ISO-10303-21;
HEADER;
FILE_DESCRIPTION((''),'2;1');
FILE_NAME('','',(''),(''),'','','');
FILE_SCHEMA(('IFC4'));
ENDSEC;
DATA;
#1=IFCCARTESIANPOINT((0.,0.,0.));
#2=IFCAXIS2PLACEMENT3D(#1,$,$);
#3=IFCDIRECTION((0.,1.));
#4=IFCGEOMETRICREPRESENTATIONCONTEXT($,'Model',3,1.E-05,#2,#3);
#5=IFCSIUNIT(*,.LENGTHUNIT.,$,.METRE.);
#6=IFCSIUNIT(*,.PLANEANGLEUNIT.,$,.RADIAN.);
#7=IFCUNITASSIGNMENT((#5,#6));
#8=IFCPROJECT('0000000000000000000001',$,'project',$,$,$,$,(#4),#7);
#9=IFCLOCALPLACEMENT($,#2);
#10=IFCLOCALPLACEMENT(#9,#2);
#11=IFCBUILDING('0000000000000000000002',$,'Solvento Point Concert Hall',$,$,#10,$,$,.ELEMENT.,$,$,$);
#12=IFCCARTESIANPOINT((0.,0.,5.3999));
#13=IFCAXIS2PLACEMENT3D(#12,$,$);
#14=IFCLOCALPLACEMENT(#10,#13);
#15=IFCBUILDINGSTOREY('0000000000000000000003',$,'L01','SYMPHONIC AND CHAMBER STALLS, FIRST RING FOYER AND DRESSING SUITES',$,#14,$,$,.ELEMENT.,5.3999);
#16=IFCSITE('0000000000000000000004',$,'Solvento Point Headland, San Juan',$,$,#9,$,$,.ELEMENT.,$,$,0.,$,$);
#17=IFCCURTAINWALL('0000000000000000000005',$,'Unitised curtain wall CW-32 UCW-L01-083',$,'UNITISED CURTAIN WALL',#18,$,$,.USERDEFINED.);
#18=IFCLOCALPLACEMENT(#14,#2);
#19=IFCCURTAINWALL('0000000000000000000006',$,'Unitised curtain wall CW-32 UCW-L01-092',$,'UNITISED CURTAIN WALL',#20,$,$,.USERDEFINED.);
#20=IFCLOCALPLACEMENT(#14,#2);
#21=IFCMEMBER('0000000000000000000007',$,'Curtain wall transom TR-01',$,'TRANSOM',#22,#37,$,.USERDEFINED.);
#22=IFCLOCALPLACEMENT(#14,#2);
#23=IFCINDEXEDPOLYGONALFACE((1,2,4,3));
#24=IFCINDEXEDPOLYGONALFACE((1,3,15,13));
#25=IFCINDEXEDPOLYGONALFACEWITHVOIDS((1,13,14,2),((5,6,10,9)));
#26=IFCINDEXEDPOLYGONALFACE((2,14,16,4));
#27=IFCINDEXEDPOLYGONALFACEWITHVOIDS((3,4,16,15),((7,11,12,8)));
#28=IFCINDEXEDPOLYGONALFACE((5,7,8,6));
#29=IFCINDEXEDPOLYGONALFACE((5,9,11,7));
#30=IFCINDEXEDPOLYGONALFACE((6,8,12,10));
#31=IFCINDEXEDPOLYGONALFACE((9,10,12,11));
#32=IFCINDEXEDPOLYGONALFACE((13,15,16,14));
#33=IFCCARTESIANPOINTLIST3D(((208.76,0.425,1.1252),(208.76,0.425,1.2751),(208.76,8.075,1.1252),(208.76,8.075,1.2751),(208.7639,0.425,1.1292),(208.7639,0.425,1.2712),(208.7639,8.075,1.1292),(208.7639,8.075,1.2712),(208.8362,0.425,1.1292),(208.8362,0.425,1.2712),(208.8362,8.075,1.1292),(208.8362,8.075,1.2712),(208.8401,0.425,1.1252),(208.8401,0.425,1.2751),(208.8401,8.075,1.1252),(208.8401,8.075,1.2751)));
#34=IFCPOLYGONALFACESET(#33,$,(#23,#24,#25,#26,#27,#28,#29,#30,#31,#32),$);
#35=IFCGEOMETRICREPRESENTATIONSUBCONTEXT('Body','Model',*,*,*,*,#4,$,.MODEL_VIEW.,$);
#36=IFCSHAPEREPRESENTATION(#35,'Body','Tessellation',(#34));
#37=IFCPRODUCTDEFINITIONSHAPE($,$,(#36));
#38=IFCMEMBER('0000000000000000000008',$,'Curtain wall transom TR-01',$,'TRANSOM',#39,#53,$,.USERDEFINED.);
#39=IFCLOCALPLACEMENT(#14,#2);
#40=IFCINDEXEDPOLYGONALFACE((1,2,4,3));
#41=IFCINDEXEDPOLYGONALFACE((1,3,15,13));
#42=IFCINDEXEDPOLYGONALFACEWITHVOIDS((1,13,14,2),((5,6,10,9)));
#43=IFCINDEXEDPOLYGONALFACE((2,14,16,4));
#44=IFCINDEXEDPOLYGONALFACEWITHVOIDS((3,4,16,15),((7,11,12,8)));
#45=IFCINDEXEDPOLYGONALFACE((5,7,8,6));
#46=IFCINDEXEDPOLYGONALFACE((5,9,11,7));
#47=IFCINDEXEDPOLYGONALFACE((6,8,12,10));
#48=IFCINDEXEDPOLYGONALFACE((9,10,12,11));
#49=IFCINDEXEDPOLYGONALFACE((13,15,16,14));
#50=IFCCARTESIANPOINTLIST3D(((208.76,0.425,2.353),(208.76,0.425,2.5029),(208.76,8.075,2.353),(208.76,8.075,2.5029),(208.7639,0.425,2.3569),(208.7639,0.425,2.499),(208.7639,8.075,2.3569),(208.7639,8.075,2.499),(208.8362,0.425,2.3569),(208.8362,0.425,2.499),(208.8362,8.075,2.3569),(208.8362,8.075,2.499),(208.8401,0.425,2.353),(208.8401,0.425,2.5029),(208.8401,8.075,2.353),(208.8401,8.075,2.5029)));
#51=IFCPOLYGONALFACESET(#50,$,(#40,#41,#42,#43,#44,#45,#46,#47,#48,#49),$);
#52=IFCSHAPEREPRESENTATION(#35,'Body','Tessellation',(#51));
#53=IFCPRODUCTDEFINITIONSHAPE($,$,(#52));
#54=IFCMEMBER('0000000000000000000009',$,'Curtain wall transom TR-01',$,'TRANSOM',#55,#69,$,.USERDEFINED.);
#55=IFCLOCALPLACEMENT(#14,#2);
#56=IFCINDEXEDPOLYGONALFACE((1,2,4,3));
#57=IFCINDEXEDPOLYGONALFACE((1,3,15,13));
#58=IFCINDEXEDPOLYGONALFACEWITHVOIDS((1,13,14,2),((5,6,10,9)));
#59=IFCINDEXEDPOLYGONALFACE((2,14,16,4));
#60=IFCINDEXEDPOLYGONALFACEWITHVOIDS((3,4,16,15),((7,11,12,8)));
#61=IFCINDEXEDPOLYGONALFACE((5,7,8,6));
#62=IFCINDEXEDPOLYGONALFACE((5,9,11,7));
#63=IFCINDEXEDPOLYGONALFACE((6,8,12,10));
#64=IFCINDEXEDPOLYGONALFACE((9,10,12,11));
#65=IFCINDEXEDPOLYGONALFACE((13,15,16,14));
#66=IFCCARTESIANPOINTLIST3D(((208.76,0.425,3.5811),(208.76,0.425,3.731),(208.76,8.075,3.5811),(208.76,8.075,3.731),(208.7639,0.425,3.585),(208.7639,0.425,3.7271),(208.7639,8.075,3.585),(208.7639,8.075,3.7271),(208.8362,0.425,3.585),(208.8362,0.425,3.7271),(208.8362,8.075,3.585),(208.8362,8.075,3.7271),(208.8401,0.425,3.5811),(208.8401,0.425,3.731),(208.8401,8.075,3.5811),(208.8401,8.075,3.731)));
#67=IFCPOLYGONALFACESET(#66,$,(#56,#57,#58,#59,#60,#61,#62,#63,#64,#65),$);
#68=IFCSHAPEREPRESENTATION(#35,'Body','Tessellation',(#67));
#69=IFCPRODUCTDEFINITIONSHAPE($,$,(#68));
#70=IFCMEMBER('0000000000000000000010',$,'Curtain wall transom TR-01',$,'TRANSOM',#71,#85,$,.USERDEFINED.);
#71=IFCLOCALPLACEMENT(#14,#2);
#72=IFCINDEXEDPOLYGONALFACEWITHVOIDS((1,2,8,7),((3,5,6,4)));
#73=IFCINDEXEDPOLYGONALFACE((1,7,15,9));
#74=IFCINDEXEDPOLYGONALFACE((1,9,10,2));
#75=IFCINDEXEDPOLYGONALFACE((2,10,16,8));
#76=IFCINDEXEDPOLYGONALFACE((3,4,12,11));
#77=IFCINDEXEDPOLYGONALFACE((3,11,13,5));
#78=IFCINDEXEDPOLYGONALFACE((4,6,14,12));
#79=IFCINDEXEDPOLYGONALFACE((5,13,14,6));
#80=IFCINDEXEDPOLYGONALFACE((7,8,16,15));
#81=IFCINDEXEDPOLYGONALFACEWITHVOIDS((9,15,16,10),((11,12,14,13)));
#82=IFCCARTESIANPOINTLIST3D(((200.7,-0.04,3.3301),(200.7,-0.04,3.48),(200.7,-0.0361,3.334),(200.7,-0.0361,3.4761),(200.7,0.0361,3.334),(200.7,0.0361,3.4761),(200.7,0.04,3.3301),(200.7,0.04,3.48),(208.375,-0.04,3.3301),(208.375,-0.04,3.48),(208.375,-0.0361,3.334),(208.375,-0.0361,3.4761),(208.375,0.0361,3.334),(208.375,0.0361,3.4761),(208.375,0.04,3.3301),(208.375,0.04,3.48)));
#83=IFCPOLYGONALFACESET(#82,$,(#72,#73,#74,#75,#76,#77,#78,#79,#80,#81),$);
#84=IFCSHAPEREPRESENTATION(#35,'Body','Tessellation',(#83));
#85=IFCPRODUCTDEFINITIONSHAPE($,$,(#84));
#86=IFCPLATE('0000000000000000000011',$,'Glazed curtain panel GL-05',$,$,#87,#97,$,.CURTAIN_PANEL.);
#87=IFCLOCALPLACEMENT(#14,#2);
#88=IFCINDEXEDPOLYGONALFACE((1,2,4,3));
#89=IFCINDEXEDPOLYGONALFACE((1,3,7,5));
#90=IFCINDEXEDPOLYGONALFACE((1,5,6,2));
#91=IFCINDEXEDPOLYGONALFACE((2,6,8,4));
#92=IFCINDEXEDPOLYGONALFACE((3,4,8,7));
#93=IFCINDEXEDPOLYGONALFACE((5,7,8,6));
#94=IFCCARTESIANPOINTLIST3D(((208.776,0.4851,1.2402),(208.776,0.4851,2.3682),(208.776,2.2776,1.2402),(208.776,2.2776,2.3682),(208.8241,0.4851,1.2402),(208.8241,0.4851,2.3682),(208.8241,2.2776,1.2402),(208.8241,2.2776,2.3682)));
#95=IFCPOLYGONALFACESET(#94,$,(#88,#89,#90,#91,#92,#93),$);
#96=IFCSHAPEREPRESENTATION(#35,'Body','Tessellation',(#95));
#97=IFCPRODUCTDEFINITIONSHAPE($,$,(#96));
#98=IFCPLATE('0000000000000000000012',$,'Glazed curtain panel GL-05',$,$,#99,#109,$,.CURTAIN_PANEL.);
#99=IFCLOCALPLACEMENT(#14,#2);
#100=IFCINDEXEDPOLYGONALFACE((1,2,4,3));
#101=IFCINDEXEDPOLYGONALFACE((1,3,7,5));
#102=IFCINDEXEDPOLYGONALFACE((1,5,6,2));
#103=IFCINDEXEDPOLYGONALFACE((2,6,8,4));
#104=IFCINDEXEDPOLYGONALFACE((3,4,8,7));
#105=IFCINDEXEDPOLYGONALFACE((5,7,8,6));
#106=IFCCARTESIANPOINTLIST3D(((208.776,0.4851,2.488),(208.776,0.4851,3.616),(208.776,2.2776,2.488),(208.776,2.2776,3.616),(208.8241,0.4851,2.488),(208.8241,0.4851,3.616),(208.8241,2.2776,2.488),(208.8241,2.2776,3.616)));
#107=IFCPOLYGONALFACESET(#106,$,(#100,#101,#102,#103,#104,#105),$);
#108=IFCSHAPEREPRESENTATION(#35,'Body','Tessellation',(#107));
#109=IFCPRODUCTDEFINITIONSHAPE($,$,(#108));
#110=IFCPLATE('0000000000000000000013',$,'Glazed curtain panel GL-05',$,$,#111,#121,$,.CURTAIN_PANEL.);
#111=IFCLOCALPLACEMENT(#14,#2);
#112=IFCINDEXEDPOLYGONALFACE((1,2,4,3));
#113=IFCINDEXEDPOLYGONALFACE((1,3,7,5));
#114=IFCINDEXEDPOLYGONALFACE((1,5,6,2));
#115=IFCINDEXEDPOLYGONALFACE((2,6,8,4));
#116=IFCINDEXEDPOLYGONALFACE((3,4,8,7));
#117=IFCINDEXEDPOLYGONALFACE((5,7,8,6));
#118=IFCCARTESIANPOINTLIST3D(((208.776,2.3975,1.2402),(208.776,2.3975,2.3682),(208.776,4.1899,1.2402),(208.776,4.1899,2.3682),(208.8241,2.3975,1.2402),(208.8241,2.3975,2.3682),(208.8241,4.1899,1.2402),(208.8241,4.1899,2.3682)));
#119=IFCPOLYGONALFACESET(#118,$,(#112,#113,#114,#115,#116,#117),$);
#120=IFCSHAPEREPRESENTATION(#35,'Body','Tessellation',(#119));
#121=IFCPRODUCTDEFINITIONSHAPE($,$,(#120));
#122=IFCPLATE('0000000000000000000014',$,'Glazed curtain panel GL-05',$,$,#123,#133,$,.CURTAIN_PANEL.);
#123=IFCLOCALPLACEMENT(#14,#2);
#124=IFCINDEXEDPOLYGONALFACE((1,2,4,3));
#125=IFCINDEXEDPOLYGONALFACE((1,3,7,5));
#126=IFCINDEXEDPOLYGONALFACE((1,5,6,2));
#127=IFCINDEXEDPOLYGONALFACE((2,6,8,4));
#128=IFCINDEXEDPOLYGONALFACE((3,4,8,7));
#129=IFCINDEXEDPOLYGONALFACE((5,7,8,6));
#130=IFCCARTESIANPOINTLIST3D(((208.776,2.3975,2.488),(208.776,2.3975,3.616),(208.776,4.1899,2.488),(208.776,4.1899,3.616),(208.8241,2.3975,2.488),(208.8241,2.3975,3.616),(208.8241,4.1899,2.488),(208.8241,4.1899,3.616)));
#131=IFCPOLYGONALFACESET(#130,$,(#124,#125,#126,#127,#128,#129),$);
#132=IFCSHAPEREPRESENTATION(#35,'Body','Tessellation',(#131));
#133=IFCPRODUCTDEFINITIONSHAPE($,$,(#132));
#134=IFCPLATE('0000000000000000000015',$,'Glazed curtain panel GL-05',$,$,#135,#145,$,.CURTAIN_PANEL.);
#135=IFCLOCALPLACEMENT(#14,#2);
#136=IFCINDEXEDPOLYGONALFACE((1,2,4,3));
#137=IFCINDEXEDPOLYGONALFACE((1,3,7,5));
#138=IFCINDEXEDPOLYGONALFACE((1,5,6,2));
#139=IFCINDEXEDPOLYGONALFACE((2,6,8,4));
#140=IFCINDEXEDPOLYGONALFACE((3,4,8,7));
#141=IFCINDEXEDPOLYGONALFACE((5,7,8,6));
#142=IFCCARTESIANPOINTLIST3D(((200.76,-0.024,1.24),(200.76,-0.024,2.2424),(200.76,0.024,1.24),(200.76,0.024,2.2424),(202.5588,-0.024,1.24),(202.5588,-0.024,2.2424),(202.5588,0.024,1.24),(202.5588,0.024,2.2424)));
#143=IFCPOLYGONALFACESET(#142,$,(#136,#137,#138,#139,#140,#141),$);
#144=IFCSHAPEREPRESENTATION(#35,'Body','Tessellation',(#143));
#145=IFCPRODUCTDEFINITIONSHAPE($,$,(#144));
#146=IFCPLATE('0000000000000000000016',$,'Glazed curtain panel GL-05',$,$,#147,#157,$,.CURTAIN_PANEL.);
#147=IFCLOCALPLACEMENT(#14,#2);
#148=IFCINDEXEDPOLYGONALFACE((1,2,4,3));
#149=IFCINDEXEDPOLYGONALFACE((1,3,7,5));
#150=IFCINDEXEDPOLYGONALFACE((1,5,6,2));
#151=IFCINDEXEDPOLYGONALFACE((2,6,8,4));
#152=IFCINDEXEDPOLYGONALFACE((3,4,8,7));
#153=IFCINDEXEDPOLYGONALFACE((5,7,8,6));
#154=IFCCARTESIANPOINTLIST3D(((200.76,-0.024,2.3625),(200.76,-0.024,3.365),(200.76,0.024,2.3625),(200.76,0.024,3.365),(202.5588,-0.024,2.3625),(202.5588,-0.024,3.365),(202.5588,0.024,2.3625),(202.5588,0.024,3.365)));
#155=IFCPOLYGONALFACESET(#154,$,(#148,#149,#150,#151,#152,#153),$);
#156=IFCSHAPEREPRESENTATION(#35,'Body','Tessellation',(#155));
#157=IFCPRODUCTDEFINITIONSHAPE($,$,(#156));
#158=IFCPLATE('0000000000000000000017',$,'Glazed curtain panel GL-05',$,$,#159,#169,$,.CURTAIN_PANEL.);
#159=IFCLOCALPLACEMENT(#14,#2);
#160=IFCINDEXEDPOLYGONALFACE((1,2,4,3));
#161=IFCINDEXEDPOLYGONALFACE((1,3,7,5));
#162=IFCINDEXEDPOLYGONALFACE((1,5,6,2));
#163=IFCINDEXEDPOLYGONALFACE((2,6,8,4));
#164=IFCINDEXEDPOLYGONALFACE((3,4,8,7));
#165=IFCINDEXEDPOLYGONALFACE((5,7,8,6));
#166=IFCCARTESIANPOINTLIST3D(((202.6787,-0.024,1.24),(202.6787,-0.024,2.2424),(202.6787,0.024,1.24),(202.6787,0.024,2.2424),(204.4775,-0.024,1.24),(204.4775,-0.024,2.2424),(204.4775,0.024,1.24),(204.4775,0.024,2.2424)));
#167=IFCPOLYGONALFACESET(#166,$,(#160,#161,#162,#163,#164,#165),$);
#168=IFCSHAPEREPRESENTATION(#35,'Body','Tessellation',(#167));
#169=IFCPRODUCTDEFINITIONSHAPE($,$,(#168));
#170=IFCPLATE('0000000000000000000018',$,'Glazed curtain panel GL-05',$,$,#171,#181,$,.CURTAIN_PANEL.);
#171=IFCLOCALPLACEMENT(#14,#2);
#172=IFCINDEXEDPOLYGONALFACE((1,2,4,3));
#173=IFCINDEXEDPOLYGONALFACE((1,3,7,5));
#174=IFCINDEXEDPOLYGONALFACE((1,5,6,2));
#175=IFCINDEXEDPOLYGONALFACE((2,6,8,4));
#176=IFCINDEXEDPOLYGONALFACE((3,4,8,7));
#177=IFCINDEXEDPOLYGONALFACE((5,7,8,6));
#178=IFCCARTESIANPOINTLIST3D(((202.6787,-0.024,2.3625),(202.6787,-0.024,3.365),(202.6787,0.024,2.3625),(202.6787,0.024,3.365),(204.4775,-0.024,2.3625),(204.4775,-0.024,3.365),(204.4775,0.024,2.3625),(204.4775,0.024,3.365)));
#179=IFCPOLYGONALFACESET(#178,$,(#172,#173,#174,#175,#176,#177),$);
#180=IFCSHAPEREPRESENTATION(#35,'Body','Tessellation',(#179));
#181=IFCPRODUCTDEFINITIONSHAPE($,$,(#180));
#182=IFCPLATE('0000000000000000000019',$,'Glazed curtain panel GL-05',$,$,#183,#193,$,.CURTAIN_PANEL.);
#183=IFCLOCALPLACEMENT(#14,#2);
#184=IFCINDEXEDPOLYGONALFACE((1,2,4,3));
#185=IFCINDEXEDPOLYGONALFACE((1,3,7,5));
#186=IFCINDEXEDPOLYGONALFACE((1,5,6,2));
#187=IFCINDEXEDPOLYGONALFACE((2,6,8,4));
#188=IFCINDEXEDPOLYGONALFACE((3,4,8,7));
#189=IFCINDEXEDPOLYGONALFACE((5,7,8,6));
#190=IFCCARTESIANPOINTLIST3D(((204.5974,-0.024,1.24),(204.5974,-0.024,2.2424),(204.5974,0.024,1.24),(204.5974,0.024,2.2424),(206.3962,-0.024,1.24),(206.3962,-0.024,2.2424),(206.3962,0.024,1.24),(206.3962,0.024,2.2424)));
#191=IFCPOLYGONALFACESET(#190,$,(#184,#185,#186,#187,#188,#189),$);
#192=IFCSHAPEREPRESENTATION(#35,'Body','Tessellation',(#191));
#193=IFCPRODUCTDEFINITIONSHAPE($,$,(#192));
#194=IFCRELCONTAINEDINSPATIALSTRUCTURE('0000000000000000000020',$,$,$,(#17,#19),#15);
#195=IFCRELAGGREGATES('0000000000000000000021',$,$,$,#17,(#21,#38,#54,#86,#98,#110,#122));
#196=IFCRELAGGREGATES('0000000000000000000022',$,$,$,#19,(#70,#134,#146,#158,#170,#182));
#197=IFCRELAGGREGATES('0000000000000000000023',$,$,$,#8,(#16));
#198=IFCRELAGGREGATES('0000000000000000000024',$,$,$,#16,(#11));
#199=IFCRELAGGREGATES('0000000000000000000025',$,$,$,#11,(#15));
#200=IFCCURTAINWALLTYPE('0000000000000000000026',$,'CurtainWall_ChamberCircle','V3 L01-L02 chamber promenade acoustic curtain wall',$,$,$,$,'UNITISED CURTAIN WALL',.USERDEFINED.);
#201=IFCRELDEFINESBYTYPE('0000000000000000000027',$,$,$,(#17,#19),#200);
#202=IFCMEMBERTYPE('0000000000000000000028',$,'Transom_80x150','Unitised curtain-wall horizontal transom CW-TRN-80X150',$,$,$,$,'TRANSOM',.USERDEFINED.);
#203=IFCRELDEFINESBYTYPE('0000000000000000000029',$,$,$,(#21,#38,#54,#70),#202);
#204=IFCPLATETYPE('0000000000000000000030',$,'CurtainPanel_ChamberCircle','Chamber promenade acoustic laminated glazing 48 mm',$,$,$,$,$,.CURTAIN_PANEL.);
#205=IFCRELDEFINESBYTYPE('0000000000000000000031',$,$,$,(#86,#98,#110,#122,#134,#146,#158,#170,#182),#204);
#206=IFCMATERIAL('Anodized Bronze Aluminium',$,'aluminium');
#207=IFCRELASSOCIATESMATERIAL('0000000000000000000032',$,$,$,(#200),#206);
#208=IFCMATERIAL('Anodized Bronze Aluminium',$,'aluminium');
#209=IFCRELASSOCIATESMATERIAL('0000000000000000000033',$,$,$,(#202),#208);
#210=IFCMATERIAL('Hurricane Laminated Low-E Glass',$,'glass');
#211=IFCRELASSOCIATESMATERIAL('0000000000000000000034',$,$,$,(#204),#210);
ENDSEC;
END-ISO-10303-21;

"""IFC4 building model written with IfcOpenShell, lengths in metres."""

from ifc_helpers import new_model, si_unit, direction, frame, origin, origin_2d, place, context, subcontext, project, spatial, rectangle, hollow_rectangle, extrude, material, material_profile, profile_set, type_object, element, aggregate, save


model = new_model("IFC4")

# Units and contexts
model_context = context("Model", 3, precision=1e-05, world=origin(), true_north=direction((0.0, 1.0)))
body_context = subcontext(model_context, "Body", "Model", "MODEL_VIEW")
ifc_project = project(units=[si_unit("LENGTHUNIT", "METRE"), si_unit("PLANEANGLEUNIT", "RADIAN")], contexts=[model_context])

# Site, building, storey
site_placement = place(None, origin())
site = spatial("IfcSite", under=ifc_project, at=site_placement, Name="Solvento Point Headland, San Juan", CompositionType="ELEMENT", RefElevation=0.0)
building_placement = place(site_placement, origin())
building = spatial("IfcBuilding", under=site, at=building_placement, Name="Solvento Point Concert Hall", CompositionType="ELEMENT")
storey_placement = place(building_placement, frame((0.0, 0.0, 5.3999)))
storey = spatial("IfcBuildingStorey", under=building, at=storey_placement, Name="L01", Description="SYMPHONIC AND CHAMBER STALLS, FIRST RING FOYER AND DRESSING SUITES", CompositionType="ELEMENT", Elevation=5.3999)

# Curtain walls
ifc_material_1 = material(Name="Anodized Bronze Aluminium", Category="aluminium")
curtain_wall_type = type_object("IfcCurtainWallType", Name="CurtainWall_ChamberCircle", Description="V3 L01-L02 chamber promenade acoustic curtain wall", ElementType="UNITISED CURTAIN WALL", PredefinedType="USERDEFINED", material=ifc_material_1)
curtain_wall_1_placement = place(storey_placement, origin())
curtain_wall_1 = element("IfcCurtainWall", 1, at=curtain_wall_1_placement, inside=storey, type_object=curtain_wall_type, Name="Unitised curtain wall CW-32 UCW-L01-083", ObjectType="UNITISED CURTAIN WALL", PredefinedType="USERDEFINED")
curtain_wall_2_placement = place(storey_placement, origin())
curtain_wall_2 = element("IfcCurtainWall", 2, at=curtain_wall_2_placement, inside=storey, type_object=curtain_wall_type, Name="Unitised curtain wall CW-32 UCW-L01-092", ObjectType="UNITISED CURTAIN WALL", PredefinedType="USERDEFINED")

# Members
ifc_material_2 = material(Name="Anodized Bronze Aluminium", Category="aluminium")
ifc_material_profile_1 = material_profile(ifc_material_2, hollow_rectangle(XDim=0.0801, YDim=0.1499, WallThickness=0.0039, at=origin_2d()), Name="CW-TRN-80X150")
ifc_profile_set_1 = profile_set([ifc_material_profile_1], Name="Anodized Bronze Aluminium")
member_type_1 = type_object("IfcMemberType", Name="Transom_80x150", Description="Unitised curtain-wall horizontal transom CW-TRN-80X150", ElementType="TRANSOM", PredefinedType="USERDEFINED", material=ifc_profile_set_1)
member_1_placement = place(storey_placement, frame((208.8, 0.425, 1.2002), z_axis=(0.0, 1.0, 0.0), x_axis=(-1.0, 0.0, 0.0)))
member_1 = element("IfcMember", 3, at=member_1_placement, type_object=member_type_1, Name="Curtain wall transom TR-01", ObjectType="TRANSOM", PredefinedType="USERDEFINED", context=body_context, shape_type="SweptSolid", body=[
    extrude(hollow_rectangle(XDim=0.0801, YDim=0.1499, WallThickness=0.0039, at=origin_2d()), origin(), (0.0, 0.0, 1.0), 7.6499),
])
member_2_placement = place(storey_placement, frame((208.8, 0.425, 2.428), z_axis=(0.0, 1.0, 0.0), x_axis=(-1.0, 0.0, 0.0)))
member_2 = element("IfcMember", 4, at=member_2_placement, type_object=member_type_1, Name="Curtain wall transom TR-01", ObjectType="TRANSOM", PredefinedType="USERDEFINED", context=body_context, shape_type="SweptSolid", body=[
    extrude(hollow_rectangle(XDim=0.0801, YDim=0.1499, WallThickness=0.0039, at=origin_2d()), origin(), (0.0, 0.0, 1.0), 7.6499),
])
member_3_placement = place(storey_placement, frame((208.8, 0.425, 3.656), z_axis=(0.0, 1.0, 0.0), x_axis=(-1.0, 0.0, 0.0)))
member_3 = element("IfcMember", 5, at=member_3_placement, type_object=member_type_1, Name="Curtain wall transom TR-01", ObjectType="TRANSOM", PredefinedType="USERDEFINED", context=body_context, shape_type="SweptSolid", body=[
    extrude(hollow_rectangle(XDim=0.0801, YDim=0.1499, WallThickness=0.0039, at=origin_2d()), origin(), (0.0, 0.0, 1.0), 7.6499),
])
member_4_placement = place(storey_placement, frame((200.7, 0.0, 3.405), z_axis=(1.0, 0.0, 0.0), x_axis=(0.0, 1.0, 0.0)))
member_4 = element("IfcMember", 6, at=member_4_placement, type_object=member_type_1, Name="Curtain wall transom TR-01", ObjectType="TRANSOM", PredefinedType="USERDEFINED", context=body_context, shape_type="SweptSolid", body=[
    extrude(hollow_rectangle(XDim=0.0801, YDim=0.1499, WallThickness=0.0039, at=origin_2d()), origin(), (0.0, 0.0, 1.0), 7.675),
])

# Plates
ifc_material_3 = material(Name="Hurricane Laminated Low-E Glass", Category="glass")
plate_type = type_object("IfcPlateType", Name="CurtainPanel_ChamberCircle", Description="Chamber promenade acoustic laminated glazing 48 mm", PredefinedType="CURTAIN_PANEL", material=ifc_material_3)
plate_1_placement = place(storey_placement, frame((208.8, 1.3813, 1.2402), z_axis=(0.0, 0.0, 1.0), x_axis=(0.0, 1.0, 0.0)))
plate_1 = element("IfcPlate", 7, at=plate_1_placement, type_object=plate_type, Name="Glazed curtain panel GL-05", PredefinedType="CURTAIN_PANEL", context=body_context, shape_type="SweptSolid", body=[
    extrude(rectangle(XDim=1.7925, YDim=0.0481, at=origin_2d()), origin(), (0.0, 0.0, 1.0), 1.1279),
])
plate_2_placement = place(storey_placement, frame((208.8, 1.3813, 2.488), z_axis=(0.0, 0.0, 1.0), x_axis=(0.0, 1.0, 0.0)))
plate_2 = element("IfcPlate", 8, at=plate_2_placement, type_object=plate_type, Name="Glazed curtain panel GL-05", PredefinedType="CURTAIN_PANEL", context=body_context, shape_type="SweptSolid", body=[
    extrude(rectangle(XDim=1.7925, YDim=0.0481, at=origin_2d()), origin(), (0.0, 0.0, 1.0), 1.1279),
])
plate_3_placement = place(storey_placement, frame((208.8, 3.2937, 1.2402), z_axis=(0.0, 0.0, 1.0), x_axis=(0.0, 1.0, 0.0)))
plate_3 = element("IfcPlate", 9, at=plate_3_placement, type_object=plate_type, Name="Glazed curtain panel GL-05", PredefinedType="CURTAIN_PANEL", context=body_context, shape_type="SweptSolid", body=[
    extrude(rectangle(XDim=1.7925, YDim=0.0481, at=origin_2d()), origin(), (0.0, 0.0, 1.0), 1.1279),
])
plate_4_placement = place(storey_placement, frame((208.8, 3.2937, 2.488), z_axis=(0.0, 0.0, 1.0), x_axis=(0.0, 1.0, 0.0)))
plate_4 = element("IfcPlate", 10, at=plate_4_placement, type_object=plate_type, Name="Glazed curtain panel GL-05", PredefinedType="CURTAIN_PANEL", context=body_context, shape_type="SweptSolid", body=[
    extrude(rectangle(XDim=1.7925, YDim=0.0481, at=origin_2d()), origin(), (0.0, 0.0, 1.0), 1.1279),
])
aggregate(curtain_wall_1, [member_1, member_2, member_3, plate_1, plate_2, plate_3, plate_4])
plate_5_placement = place(storey_placement, frame((201.6594, 0.0, 1.24), z_axis=(0.0, 0.0, 1.0), x_axis=(1.0, 0.0, 0.0)))
plate_5 = element("IfcPlate", 11, at=plate_5_placement, type_object=plate_type, Name="Glazed curtain panel GL-05", PredefinedType="CURTAIN_PANEL", context=body_context, shape_type="SweptSolid", body=[
    extrude(rectangle(XDim=1.7988, YDim=0.0481, at=origin_2d()), origin(), (0.0, 0.0, 1.0), 1.0024),
])
plate_6_placement = place(storey_placement, frame((201.6594, 0.0, 2.3625), z_axis=(0.0, 0.0, 1.0), x_axis=(1.0, 0.0, 0.0)))
plate_6 = element("IfcPlate", 12, at=plate_6_placement, type_object=plate_type, Name="Glazed curtain panel GL-05", PredefinedType="CURTAIN_PANEL", context=body_context, shape_type="SweptSolid", body=[
    extrude(rectangle(XDim=1.7988, YDim=0.0481, at=origin_2d()), origin(), (0.0, 0.0, 1.0), 1.0024),
])
plate_7_placement = place(storey_placement, frame((203.5781, 0.0, 1.24), z_axis=(0.0, 0.0, 1.0), x_axis=(1.0, 0.0, 0.0)))
plate_7 = element("IfcPlate", 13, at=plate_7_placement, type_object=plate_type, Name="Glazed curtain panel GL-05", PredefinedType="CURTAIN_PANEL", context=body_context, shape_type="SweptSolid", body=[
    extrude(rectangle(XDim=1.7988, YDim=0.0481, at=origin_2d()), origin(), (0.0, 0.0, 1.0), 1.0024),
])
plate_8_placement = place(storey_placement, frame((203.5781, 0.0, 2.3625), z_axis=(0.0, 0.0, 1.0), x_axis=(1.0, 0.0, 0.0)))
plate_8 = element("IfcPlate", 14, at=plate_8_placement, type_object=plate_type, Name="Glazed curtain panel GL-05", PredefinedType="CURTAIN_PANEL", context=body_context, shape_type="SweptSolid", body=[
    extrude(rectangle(XDim=1.7988, YDim=0.0481, at=origin_2d()), origin(), (0.0, 0.0, 1.0), 1.0024),
])
plate_9_placement = place(storey_placement, frame((205.4968, 0.0, 1.24), z_axis=(0.0, 0.0, 1.0), x_axis=(1.0, 0.0, 0.0)))
plate_9 = element("IfcPlate", 15, at=plate_9_placement, type_object=plate_type, Name="Glazed curtain panel GL-05", PredefinedType="CURTAIN_PANEL", context=body_context, shape_type="SweptSolid", body=[
    extrude(rectangle(XDim=1.7988, YDim=0.0481, at=origin_2d()), origin(), (0.0, 0.0, 1.0), 1.0024),
])
aggregate(curtain_wall_2, [member_4, plate_5, plate_6, plate_7, plate_8, plate_9])

save(model, "model.ifc")
